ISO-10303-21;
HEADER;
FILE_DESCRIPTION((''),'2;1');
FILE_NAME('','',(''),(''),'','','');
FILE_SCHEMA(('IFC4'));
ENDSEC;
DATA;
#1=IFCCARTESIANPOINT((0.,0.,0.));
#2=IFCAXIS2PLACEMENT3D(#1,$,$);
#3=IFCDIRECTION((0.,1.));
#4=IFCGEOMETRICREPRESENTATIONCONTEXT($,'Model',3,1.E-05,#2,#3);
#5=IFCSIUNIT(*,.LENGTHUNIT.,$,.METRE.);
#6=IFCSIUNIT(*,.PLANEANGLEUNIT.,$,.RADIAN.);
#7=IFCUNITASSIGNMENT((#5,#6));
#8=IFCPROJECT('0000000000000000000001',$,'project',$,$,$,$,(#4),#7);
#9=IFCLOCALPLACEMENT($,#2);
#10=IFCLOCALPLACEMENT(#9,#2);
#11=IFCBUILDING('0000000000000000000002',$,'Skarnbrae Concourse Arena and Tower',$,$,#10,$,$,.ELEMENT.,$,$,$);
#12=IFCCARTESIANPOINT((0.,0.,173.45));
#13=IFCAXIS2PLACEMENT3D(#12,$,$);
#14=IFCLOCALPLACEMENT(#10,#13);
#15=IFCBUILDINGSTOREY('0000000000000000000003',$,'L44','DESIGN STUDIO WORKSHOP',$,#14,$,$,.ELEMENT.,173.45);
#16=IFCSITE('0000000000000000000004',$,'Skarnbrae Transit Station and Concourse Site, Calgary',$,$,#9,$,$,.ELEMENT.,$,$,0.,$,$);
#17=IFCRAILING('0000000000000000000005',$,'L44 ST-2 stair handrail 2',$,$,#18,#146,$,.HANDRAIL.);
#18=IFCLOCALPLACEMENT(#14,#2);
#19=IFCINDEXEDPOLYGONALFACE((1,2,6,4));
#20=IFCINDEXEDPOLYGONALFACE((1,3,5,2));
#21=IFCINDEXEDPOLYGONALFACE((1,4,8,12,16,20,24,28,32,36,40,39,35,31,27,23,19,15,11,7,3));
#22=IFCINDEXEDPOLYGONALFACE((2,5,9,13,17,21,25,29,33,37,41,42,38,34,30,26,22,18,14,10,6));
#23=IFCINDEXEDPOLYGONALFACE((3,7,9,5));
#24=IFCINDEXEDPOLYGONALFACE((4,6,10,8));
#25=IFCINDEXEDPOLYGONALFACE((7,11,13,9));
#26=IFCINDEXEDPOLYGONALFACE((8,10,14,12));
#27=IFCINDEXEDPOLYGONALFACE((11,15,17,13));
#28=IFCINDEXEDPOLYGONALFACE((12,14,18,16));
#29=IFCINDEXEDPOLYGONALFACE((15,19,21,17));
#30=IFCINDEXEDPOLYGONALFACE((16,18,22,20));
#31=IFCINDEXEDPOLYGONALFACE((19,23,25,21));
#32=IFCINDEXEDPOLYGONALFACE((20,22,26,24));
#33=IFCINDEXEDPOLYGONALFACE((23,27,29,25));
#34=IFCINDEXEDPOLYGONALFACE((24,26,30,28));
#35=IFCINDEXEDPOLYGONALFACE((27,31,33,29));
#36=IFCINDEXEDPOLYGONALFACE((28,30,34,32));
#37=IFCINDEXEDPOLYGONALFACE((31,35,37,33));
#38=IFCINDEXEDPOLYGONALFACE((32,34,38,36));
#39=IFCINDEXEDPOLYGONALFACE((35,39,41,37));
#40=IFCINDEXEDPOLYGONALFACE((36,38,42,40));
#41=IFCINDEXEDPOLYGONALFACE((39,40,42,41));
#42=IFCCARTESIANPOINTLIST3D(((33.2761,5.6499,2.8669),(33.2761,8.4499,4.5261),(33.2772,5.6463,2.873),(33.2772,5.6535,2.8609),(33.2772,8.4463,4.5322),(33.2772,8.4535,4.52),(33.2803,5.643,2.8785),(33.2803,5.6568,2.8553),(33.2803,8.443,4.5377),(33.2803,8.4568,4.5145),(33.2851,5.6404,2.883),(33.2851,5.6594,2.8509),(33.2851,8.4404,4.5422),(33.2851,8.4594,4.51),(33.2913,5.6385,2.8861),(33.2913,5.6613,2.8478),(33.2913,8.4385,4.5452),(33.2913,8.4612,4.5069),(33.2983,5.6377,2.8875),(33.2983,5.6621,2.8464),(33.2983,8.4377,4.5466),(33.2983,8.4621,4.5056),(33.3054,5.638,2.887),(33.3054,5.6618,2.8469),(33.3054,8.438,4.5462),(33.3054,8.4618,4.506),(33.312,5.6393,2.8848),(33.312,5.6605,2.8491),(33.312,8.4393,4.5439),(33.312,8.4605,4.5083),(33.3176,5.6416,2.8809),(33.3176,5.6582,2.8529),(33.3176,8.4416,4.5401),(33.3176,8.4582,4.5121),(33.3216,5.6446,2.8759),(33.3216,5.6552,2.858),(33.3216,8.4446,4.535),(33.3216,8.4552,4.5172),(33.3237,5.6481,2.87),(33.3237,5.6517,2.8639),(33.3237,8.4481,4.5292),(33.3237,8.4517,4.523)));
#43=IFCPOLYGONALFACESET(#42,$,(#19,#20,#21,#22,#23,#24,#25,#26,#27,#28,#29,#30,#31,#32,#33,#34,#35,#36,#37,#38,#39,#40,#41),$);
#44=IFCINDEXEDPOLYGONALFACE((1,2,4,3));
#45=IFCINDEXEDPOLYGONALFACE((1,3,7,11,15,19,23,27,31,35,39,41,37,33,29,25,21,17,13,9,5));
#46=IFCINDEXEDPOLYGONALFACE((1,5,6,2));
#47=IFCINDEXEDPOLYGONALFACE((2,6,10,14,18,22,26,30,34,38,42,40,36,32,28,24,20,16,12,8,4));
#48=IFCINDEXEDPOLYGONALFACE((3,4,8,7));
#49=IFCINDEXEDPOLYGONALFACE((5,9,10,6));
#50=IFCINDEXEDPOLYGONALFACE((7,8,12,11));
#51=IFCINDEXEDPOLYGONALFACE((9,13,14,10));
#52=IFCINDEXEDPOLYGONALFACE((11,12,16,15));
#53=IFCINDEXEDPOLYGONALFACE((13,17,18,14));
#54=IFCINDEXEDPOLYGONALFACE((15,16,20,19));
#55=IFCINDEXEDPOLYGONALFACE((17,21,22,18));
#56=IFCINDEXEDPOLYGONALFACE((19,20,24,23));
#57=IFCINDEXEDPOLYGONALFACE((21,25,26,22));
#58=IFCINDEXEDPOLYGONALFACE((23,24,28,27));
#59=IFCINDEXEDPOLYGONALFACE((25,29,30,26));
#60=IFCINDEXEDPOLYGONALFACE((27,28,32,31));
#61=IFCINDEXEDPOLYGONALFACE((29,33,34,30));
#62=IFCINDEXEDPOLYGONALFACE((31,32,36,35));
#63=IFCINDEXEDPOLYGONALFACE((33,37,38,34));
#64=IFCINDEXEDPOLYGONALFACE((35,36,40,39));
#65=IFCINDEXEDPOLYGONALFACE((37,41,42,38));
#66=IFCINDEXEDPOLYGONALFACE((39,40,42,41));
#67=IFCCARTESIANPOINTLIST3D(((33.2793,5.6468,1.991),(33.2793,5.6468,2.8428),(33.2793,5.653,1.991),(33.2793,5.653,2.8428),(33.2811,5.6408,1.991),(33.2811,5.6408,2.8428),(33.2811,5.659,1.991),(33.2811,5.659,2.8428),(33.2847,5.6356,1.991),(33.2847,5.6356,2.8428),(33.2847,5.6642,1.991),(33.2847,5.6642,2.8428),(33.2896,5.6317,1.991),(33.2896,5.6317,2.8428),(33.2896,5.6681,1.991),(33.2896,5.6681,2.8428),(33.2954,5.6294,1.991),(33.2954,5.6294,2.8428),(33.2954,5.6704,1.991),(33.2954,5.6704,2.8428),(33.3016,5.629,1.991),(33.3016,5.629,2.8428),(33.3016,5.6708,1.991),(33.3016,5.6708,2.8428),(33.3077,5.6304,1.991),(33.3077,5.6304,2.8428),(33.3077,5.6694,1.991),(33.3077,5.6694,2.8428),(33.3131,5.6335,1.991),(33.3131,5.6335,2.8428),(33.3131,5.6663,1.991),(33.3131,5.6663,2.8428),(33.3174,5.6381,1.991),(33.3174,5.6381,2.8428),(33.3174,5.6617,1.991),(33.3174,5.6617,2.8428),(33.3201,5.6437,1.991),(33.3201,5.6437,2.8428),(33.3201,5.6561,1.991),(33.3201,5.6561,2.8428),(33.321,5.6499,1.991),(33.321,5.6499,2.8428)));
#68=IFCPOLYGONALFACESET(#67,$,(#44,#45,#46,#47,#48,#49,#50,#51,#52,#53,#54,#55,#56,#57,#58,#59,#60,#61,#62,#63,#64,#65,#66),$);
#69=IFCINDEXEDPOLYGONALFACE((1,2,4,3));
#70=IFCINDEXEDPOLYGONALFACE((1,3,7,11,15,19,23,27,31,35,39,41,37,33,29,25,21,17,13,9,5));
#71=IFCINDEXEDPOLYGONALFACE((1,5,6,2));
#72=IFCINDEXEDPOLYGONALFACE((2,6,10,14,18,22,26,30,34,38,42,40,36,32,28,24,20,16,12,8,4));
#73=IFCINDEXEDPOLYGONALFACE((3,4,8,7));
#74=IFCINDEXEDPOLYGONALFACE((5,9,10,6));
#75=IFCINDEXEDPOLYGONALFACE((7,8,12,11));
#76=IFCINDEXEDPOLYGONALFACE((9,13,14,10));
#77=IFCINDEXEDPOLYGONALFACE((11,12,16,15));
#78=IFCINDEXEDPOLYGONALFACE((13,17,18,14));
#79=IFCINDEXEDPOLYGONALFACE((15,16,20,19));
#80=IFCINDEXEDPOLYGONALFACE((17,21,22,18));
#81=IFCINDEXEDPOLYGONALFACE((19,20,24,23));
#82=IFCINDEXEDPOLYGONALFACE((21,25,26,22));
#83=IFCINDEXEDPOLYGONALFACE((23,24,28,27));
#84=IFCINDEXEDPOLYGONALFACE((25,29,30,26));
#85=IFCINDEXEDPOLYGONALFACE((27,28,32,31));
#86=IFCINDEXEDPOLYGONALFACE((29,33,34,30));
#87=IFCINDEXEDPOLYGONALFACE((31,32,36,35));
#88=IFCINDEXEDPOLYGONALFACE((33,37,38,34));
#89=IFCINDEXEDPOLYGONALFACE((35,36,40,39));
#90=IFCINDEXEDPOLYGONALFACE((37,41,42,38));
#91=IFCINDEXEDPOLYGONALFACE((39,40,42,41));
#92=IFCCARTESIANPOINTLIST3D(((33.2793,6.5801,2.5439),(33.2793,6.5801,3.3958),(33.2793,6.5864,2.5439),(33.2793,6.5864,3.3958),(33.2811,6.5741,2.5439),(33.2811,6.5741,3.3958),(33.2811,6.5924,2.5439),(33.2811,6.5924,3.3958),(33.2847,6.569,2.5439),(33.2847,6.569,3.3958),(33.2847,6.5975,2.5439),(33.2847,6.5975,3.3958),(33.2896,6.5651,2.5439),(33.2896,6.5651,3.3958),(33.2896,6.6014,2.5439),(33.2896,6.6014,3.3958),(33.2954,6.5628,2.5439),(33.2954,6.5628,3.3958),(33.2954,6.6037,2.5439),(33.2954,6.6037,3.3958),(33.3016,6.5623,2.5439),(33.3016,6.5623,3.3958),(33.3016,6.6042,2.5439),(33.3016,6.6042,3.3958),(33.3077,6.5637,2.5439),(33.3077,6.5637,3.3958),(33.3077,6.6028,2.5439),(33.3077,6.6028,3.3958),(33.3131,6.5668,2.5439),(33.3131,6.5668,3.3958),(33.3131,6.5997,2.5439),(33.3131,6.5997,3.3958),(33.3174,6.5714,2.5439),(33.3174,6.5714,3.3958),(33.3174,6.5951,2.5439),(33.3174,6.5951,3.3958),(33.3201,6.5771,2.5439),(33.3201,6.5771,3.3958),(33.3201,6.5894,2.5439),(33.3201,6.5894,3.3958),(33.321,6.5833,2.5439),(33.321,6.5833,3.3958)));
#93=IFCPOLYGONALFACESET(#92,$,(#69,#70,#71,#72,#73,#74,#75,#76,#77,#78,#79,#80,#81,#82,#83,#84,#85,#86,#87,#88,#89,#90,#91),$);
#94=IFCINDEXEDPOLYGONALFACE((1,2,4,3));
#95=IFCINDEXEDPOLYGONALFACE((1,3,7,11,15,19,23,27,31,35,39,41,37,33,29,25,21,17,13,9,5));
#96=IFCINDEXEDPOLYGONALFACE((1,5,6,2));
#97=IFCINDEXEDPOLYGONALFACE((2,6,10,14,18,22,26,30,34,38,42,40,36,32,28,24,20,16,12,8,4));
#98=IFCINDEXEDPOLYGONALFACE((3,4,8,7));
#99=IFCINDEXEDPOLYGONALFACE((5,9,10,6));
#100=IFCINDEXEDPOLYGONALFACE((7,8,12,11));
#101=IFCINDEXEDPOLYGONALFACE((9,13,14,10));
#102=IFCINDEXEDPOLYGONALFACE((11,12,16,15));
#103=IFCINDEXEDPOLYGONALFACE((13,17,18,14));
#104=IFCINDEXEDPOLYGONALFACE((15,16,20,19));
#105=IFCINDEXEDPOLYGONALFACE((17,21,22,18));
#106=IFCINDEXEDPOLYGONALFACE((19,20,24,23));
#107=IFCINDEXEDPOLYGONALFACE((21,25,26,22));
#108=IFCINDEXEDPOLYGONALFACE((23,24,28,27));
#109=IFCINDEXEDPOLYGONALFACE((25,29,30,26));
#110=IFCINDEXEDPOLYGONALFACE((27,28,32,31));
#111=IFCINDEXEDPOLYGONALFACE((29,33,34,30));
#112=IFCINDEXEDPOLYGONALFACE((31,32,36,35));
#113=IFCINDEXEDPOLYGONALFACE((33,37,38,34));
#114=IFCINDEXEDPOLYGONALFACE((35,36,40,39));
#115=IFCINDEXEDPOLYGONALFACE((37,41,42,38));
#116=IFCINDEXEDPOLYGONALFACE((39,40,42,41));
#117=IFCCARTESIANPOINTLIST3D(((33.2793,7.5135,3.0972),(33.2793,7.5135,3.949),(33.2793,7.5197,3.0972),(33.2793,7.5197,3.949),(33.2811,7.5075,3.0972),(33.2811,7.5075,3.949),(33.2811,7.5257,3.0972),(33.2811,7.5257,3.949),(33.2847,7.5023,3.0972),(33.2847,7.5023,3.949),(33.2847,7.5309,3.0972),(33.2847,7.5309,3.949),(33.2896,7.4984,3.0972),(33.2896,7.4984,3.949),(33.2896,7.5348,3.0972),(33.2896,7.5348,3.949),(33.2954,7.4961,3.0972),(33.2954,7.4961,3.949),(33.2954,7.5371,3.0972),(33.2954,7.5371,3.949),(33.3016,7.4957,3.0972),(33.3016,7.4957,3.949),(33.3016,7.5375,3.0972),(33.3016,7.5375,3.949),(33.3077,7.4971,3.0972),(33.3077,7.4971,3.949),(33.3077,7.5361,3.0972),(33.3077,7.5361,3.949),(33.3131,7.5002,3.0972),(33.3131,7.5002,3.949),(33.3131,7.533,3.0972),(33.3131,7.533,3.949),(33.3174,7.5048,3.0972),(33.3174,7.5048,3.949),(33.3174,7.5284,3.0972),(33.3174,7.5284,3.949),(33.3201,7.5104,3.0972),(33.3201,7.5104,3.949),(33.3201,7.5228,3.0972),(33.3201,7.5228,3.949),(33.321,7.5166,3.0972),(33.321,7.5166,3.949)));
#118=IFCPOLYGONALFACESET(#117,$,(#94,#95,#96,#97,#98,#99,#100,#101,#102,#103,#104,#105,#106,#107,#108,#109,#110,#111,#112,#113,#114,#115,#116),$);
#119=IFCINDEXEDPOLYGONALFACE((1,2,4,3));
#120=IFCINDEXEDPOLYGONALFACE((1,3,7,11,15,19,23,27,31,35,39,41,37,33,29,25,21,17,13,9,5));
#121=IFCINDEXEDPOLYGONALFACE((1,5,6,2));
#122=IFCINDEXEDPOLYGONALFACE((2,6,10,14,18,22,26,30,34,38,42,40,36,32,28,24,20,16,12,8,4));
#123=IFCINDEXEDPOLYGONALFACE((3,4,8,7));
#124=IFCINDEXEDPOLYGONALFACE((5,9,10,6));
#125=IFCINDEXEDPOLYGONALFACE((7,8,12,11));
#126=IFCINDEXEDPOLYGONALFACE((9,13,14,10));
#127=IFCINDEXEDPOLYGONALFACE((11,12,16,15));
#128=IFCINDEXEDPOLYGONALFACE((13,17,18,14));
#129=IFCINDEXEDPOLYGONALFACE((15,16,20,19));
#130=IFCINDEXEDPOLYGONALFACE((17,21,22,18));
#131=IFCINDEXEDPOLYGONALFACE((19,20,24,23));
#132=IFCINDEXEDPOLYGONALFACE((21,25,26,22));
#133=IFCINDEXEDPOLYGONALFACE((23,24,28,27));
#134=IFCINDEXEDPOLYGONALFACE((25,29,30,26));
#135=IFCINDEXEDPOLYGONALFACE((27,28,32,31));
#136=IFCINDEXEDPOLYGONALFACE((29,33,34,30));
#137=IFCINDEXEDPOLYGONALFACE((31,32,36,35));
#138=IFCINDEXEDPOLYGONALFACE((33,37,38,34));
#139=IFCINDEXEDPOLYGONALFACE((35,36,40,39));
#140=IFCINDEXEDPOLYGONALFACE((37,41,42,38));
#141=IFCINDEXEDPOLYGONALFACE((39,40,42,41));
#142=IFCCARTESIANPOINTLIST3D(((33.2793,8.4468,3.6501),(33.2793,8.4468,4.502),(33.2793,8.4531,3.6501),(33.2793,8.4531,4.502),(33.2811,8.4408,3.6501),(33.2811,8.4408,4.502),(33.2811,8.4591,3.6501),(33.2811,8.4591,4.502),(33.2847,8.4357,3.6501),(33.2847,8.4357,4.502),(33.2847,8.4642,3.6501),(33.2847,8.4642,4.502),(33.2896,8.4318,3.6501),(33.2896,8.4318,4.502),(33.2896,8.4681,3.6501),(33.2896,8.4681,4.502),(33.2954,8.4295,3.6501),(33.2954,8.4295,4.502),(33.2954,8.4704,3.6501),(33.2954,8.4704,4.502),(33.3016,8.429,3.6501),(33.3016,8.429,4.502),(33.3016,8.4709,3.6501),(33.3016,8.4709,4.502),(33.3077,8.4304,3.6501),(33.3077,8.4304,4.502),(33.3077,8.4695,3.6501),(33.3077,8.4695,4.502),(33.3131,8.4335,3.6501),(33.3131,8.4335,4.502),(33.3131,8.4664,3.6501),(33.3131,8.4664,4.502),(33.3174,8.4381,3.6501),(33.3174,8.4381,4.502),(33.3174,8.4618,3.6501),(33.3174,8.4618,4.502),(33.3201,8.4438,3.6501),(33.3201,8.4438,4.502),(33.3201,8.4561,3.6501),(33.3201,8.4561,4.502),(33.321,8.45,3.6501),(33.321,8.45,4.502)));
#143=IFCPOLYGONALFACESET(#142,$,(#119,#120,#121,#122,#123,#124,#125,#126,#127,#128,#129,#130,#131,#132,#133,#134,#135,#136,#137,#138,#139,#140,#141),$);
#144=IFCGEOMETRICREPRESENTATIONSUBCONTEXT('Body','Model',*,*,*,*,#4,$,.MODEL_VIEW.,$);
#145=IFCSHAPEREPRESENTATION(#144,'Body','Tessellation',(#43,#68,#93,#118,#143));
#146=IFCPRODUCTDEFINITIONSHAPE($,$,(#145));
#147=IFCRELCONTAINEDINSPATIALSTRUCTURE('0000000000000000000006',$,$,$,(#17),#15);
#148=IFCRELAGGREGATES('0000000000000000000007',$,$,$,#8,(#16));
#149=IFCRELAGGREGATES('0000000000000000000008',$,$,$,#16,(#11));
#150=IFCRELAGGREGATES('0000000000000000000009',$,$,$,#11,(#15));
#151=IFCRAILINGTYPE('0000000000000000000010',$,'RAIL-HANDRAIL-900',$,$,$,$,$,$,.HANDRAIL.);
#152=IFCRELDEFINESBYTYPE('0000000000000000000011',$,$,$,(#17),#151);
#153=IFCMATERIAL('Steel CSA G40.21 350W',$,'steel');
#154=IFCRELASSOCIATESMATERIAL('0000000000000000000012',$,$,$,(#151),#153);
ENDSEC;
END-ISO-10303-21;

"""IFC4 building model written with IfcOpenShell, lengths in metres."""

from ifc_helpers import new_model, si_unit, direction, frame, origin, origin_2d, place, context, subcontext, project, spatial, circle, extrude, material, type_object, element, save


model = new_model("IFC4")

# Units and contexts
model_context = context("Model", 3, precision=1e-05, world=origin(), true_north=direction((0.0, 1.0)))
body_context = subcontext(model_context, "Body", "Model", "MODEL_VIEW")
ifc_project = project(units=[si_unit("LENGTHUNIT", "METRE"), si_unit("PLANEANGLEUNIT", "RADIAN")], contexts=[model_context])

# Site, building, storey
site_placement = place(None, origin())
site = spatial("IfcSite", under=ifc_project, at=site_placement, Name="Skarnbrae Transit Station and Concourse Site, Calgary", CompositionType="ELEMENT", RefElevation=0.0)
building_placement = place(site_placement, origin())
building = spatial("IfcBuilding", under=site, at=building_placement, Name="Skarnbrae Concourse Arena and Tower", CompositionType="ELEMENT")
storey_placement = place(building_placement, frame((0.0, 0.0, 173.45)))
storey = spatial("IfcBuildingStorey", under=building, at=storey_placement, Name="L44", Description="DESIGN STUDIO WORKSHOP", CompositionType="ELEMENT", Elevation=173.45)

# Shared definitions
ifc_material_1 = material(Name="Steel CSA G40.21 350W", Category="steel")

# Railing
railing_type_1 = type_object("IfcRailingType", Name="RAIL-HANDRAIL-900", PredefinedType="HANDRAIL", material=ifc_material_1)
railing_1_placement = place(storey_placement, frame((33.3, 5.6499, 1.991)))
element("IfcRailing", 1, at=railing_1_placement, inside=storey, type_object=railing_type_1, Name="L44 ST-2 stair handrail 2", PredefinedType="HANDRAIL", context=body_context, shape_type="SweptSolid", body=[
    extrude(circle(Radius=0.0239, at=origin_2d()), frame((0.0, 0.0, 0.876), z_axis=(0.0, 0.860306, 0.509778), x_axis=(-1.0, 0.0, 0.0)), (0.0, 0.0, 1.0), 3.2546),
    extrude(circle(Radius=0.021, at=origin_2d()), origin(), (0.0, 0.0, 1.0), 0.8518),
    extrude(circle(Radius=0.021, at=origin_2d()), frame((0.0, 0.9333, 0.553)), (0.0, 0.0, 1.0), 0.8518),
    extrude(circle(Radius=0.021, at=origin_2d()), frame((0.0, 1.8667, 1.1062)), (0.0, 0.0, 1.0), 0.8518),
    extrude(circle(Radius=0.021, at=origin_2d()), frame((0.0, 2.8, 1.6592)), (0.0, 0.0, 1.0), 0.8518),
])

save(model, "model.ifc")
